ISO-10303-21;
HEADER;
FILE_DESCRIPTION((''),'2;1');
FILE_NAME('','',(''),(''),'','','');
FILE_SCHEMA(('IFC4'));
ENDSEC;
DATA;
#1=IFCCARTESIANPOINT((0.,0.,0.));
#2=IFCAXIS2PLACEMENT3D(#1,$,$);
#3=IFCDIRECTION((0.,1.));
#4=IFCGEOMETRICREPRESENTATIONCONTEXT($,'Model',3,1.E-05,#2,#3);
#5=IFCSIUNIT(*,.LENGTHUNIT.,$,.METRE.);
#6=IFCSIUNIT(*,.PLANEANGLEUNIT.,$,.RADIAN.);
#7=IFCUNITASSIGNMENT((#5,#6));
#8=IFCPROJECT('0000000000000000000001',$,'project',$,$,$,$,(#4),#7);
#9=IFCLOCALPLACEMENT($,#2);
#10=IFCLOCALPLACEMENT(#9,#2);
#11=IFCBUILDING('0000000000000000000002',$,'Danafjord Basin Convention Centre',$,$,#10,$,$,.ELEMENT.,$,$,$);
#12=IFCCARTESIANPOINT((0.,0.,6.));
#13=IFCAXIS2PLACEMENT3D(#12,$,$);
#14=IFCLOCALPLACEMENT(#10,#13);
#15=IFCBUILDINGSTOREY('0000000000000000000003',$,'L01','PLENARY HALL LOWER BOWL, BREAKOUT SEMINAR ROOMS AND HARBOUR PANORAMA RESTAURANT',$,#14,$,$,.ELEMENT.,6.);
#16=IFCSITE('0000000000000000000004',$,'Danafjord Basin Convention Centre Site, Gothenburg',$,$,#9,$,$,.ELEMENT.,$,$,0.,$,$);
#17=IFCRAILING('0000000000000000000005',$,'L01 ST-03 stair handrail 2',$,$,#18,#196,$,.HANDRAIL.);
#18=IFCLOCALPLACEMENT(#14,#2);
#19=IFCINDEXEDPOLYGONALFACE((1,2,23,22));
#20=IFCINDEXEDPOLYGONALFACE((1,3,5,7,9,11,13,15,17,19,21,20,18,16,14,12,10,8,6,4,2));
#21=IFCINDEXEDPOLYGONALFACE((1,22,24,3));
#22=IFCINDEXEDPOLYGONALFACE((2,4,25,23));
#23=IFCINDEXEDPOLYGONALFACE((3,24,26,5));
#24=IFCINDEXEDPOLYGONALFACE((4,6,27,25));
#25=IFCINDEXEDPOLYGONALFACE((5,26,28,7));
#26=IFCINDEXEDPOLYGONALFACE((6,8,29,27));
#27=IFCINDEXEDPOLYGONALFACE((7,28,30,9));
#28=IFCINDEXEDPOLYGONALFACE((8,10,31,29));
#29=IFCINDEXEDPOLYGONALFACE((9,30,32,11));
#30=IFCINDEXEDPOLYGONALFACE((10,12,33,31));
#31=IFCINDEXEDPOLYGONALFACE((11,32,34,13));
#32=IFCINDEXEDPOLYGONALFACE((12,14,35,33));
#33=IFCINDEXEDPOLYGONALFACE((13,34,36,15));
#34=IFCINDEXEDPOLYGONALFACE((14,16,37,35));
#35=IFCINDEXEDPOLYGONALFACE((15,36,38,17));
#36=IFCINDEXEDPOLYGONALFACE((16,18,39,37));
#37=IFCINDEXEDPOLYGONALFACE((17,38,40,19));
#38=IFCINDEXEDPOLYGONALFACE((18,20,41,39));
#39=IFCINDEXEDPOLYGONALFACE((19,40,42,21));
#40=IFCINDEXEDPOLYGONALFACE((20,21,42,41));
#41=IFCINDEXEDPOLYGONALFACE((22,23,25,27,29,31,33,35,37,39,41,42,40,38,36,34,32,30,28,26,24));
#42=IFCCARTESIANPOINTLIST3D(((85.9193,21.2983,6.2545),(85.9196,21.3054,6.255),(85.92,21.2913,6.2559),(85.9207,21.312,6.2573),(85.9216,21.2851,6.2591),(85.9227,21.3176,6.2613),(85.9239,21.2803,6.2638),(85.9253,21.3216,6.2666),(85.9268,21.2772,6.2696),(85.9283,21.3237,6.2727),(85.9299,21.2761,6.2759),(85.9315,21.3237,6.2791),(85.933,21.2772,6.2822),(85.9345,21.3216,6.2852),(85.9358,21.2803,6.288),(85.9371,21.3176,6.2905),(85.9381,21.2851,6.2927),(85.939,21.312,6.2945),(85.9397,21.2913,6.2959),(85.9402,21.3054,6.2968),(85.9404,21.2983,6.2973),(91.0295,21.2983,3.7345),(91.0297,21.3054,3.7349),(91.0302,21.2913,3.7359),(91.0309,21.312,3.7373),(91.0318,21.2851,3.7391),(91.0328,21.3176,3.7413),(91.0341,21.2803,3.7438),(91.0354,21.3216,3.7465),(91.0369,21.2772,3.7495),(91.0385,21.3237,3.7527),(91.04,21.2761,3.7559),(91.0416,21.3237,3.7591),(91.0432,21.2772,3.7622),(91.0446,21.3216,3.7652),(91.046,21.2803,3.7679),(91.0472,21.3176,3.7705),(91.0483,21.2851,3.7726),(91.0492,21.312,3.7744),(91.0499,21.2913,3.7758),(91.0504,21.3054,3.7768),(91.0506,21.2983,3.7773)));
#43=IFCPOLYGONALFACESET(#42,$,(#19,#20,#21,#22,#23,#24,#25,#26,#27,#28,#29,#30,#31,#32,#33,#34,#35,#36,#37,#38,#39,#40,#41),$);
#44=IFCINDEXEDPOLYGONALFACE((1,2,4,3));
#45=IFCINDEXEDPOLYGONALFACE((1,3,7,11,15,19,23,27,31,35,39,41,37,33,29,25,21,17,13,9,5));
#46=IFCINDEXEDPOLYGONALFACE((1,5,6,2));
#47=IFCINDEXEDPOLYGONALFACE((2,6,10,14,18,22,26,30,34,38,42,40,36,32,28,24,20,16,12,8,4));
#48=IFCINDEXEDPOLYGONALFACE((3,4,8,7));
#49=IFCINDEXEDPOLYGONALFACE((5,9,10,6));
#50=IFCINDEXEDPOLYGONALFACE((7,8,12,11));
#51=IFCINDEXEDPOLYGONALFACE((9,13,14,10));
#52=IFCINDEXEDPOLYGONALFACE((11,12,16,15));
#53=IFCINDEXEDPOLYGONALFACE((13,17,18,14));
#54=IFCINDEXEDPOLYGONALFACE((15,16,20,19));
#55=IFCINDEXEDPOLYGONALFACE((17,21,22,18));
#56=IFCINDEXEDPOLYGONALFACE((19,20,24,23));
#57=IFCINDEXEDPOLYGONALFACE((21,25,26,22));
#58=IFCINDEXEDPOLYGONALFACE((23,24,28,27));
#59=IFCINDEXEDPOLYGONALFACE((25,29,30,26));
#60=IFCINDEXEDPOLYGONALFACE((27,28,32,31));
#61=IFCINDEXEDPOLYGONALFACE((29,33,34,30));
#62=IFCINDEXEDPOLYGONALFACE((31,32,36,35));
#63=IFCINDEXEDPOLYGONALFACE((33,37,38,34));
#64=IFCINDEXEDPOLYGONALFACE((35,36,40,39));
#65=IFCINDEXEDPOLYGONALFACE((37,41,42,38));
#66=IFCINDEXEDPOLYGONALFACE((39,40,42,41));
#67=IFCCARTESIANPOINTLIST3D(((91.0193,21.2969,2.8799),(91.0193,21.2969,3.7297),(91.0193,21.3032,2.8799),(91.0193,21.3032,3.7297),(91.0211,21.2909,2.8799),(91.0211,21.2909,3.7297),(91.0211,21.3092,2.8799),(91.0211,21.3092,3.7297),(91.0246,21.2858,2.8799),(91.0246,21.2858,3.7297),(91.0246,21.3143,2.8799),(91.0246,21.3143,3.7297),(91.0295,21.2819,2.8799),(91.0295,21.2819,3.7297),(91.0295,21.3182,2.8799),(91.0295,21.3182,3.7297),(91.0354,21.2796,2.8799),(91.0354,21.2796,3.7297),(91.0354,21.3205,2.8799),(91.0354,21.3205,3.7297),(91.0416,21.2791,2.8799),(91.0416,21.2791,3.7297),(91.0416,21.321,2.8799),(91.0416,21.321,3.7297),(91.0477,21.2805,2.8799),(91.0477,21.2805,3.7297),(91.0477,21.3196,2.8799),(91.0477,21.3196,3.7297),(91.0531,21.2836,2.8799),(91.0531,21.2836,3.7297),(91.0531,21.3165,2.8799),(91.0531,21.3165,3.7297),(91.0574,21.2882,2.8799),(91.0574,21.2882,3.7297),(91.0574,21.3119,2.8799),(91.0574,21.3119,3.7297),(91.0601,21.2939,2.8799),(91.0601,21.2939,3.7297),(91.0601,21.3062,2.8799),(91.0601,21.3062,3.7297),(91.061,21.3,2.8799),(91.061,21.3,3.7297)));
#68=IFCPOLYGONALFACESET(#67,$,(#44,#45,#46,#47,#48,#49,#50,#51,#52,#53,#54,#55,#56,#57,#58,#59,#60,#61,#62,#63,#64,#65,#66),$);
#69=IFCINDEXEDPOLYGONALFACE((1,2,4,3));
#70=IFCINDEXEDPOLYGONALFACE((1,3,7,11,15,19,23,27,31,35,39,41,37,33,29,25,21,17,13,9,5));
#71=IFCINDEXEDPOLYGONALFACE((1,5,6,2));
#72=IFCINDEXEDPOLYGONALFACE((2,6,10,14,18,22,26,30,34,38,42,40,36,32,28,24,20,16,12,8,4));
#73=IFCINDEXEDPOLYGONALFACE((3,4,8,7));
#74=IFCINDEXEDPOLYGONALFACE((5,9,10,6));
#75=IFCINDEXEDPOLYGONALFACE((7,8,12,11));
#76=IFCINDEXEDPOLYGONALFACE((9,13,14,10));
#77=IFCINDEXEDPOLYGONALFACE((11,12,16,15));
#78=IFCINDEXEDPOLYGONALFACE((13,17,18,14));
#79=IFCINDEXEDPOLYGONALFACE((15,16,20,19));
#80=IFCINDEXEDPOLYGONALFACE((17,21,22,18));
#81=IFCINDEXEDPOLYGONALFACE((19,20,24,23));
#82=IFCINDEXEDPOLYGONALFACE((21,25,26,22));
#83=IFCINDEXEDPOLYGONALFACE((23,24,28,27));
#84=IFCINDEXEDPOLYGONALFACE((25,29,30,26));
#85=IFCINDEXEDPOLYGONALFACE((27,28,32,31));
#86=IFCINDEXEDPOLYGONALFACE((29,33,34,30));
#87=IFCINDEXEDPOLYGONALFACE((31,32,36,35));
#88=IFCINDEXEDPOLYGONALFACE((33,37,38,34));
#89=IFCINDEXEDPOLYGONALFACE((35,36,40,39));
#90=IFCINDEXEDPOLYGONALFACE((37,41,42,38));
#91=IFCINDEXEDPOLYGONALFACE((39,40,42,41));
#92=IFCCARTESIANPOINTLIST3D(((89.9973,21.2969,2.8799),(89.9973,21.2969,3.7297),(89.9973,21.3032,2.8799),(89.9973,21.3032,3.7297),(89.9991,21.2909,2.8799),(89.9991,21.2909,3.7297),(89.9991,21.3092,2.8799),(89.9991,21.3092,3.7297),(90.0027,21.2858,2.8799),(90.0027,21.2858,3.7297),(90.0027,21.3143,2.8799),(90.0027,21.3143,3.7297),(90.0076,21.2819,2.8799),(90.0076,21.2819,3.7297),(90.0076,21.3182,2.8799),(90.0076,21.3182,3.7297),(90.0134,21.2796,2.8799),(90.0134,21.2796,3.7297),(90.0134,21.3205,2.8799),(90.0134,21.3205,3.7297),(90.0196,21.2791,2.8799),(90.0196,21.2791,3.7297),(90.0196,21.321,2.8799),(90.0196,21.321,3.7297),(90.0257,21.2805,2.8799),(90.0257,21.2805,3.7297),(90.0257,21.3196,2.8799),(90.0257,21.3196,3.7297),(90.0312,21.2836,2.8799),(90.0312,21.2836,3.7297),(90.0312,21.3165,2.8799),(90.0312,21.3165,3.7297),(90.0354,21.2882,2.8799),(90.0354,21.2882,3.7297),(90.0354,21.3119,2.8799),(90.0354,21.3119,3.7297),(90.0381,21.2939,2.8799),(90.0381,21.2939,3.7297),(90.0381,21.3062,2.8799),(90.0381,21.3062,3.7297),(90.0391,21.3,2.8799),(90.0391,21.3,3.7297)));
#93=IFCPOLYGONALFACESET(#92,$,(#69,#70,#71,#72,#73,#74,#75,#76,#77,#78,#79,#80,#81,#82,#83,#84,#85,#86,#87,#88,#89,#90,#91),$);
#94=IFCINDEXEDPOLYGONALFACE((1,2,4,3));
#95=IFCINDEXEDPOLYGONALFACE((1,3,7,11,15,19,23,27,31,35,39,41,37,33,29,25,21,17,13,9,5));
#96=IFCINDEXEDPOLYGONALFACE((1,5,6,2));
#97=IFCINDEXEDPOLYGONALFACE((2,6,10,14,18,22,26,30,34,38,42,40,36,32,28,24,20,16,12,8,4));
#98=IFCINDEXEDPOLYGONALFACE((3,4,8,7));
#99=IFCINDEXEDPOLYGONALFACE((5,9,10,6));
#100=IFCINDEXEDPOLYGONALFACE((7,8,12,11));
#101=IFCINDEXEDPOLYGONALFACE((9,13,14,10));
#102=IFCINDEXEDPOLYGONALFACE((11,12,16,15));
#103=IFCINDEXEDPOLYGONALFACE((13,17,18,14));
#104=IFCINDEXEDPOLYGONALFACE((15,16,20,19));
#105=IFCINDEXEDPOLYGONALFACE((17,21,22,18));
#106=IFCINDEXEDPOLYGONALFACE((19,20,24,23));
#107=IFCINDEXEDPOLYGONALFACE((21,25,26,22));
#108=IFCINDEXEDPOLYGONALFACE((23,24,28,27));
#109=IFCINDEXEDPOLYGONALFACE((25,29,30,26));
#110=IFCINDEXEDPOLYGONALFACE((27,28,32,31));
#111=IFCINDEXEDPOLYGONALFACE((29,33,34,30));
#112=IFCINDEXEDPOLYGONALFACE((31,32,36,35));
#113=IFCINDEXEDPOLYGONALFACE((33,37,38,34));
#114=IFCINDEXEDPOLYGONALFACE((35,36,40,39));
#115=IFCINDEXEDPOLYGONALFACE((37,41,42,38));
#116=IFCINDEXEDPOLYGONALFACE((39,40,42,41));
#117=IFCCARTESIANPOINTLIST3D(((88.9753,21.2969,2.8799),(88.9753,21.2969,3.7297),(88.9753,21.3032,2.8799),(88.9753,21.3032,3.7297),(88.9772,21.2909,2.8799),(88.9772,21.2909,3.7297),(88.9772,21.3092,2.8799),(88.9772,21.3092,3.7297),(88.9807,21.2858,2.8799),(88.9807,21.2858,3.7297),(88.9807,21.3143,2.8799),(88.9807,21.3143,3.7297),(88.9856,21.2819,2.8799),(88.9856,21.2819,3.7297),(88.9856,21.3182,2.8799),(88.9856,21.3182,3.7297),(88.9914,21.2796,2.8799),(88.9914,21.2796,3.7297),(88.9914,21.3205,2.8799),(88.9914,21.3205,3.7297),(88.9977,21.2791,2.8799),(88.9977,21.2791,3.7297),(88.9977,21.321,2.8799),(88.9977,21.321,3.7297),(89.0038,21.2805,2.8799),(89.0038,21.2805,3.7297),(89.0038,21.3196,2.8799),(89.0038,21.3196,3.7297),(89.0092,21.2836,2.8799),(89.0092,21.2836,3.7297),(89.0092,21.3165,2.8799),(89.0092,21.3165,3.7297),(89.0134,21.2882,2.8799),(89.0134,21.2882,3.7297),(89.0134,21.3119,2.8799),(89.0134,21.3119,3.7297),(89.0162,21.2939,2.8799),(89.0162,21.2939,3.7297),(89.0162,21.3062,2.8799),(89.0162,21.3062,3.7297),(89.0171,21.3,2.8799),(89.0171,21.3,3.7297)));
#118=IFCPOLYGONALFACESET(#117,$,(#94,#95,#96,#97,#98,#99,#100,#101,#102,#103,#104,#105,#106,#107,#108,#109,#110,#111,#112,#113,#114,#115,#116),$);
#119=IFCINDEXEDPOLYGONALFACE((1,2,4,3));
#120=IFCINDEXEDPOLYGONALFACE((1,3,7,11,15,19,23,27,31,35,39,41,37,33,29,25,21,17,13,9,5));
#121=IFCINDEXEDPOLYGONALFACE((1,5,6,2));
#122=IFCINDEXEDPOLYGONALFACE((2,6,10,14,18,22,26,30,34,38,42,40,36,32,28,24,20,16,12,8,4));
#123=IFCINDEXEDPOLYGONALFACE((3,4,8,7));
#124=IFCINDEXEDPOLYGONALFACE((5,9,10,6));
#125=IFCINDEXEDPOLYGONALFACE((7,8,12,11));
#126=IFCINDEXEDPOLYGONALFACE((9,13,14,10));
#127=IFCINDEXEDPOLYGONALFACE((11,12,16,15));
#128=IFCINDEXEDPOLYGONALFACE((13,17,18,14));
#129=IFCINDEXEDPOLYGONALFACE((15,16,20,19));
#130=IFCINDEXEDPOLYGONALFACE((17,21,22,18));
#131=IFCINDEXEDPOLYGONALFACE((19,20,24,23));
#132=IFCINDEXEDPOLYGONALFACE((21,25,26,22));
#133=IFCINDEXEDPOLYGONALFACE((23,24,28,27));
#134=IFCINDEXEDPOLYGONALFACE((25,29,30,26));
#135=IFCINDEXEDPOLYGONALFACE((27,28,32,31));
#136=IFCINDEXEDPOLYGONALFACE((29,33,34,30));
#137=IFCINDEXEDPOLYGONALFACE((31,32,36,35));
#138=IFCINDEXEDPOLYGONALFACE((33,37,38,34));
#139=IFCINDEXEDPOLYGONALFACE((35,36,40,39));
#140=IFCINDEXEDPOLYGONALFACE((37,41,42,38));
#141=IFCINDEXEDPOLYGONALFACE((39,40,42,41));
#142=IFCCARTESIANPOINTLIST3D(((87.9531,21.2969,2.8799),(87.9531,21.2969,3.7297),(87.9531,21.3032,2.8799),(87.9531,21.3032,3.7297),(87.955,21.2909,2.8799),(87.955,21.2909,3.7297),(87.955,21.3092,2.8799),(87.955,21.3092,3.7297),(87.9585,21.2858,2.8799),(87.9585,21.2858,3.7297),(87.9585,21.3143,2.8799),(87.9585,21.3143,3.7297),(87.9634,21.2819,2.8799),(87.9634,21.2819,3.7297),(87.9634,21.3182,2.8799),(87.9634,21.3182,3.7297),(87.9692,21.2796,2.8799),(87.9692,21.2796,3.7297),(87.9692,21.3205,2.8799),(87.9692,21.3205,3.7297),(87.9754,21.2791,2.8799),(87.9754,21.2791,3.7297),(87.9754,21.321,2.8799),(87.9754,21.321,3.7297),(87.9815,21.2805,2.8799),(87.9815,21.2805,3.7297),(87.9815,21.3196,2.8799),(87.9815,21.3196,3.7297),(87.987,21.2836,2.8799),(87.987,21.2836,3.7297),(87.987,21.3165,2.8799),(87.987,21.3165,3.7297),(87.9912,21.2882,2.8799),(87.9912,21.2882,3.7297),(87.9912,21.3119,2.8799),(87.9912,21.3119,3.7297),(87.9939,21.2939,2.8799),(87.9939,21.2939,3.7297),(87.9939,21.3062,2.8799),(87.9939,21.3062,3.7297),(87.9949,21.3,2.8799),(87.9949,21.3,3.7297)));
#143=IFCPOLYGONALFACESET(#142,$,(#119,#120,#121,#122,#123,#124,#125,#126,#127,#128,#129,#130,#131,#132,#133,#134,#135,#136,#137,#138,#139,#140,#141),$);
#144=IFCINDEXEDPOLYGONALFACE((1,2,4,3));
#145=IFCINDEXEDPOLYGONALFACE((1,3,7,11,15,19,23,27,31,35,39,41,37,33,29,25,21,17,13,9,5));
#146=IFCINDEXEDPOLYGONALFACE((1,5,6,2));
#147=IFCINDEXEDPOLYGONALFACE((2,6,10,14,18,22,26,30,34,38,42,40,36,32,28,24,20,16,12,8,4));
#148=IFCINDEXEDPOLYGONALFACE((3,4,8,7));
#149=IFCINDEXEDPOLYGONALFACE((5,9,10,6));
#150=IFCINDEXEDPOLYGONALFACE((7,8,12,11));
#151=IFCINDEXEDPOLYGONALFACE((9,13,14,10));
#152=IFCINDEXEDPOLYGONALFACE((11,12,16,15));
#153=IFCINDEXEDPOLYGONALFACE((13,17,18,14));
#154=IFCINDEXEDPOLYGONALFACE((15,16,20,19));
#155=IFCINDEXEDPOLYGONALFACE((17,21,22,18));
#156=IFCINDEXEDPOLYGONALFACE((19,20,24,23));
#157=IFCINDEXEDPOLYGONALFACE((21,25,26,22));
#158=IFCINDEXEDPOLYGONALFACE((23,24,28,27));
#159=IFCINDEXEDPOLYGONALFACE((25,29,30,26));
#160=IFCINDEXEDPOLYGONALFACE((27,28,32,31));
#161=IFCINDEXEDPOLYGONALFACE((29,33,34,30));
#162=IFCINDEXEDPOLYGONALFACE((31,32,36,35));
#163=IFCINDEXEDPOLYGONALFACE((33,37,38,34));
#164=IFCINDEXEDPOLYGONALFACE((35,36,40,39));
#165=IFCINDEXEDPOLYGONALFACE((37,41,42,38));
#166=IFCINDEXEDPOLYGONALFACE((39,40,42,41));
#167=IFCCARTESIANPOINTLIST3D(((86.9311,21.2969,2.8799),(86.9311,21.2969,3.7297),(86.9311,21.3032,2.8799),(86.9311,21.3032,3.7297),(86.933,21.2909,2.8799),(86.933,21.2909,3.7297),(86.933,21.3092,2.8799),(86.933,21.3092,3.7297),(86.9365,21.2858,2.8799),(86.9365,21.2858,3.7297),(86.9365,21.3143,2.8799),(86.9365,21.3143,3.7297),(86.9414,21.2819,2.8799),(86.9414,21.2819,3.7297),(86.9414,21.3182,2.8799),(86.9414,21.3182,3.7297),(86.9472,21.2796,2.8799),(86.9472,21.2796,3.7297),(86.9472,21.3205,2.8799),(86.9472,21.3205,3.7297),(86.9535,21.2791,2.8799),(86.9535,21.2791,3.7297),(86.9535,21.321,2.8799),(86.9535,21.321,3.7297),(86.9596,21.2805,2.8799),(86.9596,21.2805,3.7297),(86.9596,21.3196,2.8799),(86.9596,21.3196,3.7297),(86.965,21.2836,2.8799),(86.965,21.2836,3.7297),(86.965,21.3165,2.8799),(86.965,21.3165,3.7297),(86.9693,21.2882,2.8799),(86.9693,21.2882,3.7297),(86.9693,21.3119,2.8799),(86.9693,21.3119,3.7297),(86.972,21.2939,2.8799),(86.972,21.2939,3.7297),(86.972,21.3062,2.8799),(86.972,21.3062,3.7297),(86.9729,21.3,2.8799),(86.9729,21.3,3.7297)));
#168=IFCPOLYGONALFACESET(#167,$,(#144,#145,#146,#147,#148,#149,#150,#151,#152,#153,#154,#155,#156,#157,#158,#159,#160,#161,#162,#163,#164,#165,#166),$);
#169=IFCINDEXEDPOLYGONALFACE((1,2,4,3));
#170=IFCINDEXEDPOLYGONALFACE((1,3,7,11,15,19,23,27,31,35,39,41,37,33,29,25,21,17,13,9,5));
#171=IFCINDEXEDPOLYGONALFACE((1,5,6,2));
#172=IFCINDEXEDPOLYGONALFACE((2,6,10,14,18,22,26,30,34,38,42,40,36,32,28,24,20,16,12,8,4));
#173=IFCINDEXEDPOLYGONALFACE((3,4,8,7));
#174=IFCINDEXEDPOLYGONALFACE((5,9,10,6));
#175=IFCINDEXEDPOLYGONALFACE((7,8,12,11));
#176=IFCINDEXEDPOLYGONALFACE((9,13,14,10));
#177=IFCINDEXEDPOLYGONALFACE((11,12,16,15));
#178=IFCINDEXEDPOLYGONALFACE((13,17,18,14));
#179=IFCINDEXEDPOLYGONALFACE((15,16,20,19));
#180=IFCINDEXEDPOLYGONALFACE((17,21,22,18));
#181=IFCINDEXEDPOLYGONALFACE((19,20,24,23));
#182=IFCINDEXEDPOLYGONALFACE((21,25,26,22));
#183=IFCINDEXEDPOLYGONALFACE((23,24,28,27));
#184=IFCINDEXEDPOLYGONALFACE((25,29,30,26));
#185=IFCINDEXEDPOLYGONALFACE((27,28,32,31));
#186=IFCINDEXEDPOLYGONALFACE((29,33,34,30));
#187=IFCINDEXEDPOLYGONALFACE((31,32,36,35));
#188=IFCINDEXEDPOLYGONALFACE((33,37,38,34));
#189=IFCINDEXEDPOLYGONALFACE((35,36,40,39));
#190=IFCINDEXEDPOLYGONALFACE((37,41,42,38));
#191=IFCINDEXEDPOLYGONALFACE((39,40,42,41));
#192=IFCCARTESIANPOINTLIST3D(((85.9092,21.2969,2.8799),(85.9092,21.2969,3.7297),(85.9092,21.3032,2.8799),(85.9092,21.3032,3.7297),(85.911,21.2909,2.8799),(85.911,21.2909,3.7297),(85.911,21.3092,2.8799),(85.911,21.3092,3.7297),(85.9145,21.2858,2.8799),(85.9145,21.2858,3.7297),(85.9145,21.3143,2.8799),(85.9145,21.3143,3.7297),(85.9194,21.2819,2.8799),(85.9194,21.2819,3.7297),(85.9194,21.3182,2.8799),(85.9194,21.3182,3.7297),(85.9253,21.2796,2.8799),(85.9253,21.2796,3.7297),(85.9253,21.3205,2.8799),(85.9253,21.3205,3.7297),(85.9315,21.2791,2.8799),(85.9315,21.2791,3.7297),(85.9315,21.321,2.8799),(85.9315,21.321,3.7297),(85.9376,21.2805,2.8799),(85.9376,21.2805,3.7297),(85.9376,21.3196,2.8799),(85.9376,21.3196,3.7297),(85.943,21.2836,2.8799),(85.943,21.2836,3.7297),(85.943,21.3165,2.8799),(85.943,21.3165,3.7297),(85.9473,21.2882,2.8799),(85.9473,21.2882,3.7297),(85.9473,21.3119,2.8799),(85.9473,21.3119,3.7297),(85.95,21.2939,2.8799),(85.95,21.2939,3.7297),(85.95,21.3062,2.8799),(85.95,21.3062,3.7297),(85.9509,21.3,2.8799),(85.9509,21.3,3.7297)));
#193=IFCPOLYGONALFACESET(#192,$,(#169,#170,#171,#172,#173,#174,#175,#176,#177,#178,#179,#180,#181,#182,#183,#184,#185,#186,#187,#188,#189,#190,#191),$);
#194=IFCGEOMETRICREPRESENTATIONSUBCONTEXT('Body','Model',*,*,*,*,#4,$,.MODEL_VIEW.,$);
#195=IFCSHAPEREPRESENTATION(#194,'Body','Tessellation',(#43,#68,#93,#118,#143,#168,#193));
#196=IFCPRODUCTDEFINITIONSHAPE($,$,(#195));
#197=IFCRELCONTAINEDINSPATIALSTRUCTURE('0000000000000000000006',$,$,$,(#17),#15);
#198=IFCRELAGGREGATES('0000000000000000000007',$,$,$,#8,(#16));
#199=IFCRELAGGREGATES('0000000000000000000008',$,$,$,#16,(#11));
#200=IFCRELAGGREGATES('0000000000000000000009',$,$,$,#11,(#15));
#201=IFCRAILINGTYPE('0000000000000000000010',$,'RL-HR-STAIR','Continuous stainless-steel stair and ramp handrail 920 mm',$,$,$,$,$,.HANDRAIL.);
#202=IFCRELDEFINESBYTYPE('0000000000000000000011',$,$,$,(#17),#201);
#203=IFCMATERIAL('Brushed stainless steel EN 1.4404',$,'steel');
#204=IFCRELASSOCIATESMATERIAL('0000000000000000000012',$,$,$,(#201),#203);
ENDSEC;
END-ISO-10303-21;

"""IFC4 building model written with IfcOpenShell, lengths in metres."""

from ifc_helpers import new_model, si_unit, direction, frame, origin, origin_2d, place, context, subcontext, project, spatial, circle, extrude, material, type_object, element, save


model = new_model("IFC4")

# Units and contexts
model_context = context("Model", 3, precision=1e-05, world=origin(), true_north=direction((0.0, 1.0)))
body_context = subcontext(model_context, "Body", "Model", "MODEL_VIEW")
ifc_project = project(units=[si_unit("LENGTHUNIT", "METRE"), si_unit("PLANEANGLEUNIT", "RADIAN")], contexts=[model_context])

# Site, building, storey
site_placement = place(None, origin())
site = spatial("IfcSite", under=ifc_project, at=site_placement, Name="Danafjord Basin Convention Centre Site, Gothenburg", CompositionType="ELEMENT", RefElevation=0.0)
building_placement = place(site_placement, origin())
building = spatial("IfcBuilding", under=site, at=building_placement, Name="Danafjord Basin Convention Centre", CompositionType="ELEMENT")
storey_placement = place(building_placement, frame((0.0, 0.0, 6.0)))
storey = spatial("IfcBuildingStorey", under=building, at=storey_placement, Name="L01", Description="PLENARY HALL LOWER BOWL, BREAKOUT SEMINAR ROOMS AND HARBOUR PANORAMA RESTAURANT", CompositionType="ELEMENT", Elevation=6.0)

# Railing
ifc_material_1 = material(Name="Brushed stainless steel EN 1.4404", Category="steel")
railing_type_1 = type_object("IfcRailingType", Name="RL-HR-STAIR", Description="Continuous stainless-steel stair and ramp handrail 920 mm", PredefinedType="HANDRAIL", material=ifc_material_1)
railing_1_placement = place(storey_placement, frame((91.04, 21.3, 2.8799)))
element("IfcRailing", 1, at=railing_1_placement, inside=storey, type_object=railing_type_1, Name="L01 ST-03 stair handrail 2", PredefinedType="HANDRAIL", context=body_context, shape_type="SweptSolid", body=[
    extrude(circle(Radius=0.0239, at=origin_2d()), frame((0.0, 0.0, 0.876), z_axis=(-0.896873, 0.0, 0.442288), x_axis=(0.0, -1.0, 0.0)), (0.0, 0.0, 1.0), 5.6978),
    extrude(circle(Radius=0.021, at=origin_2d()), origin(), (0.0, 0.0, 1.0), 0.8499),
    extrude(circle(Radius=0.021, at=origin_2d()), frame((-1.022, 0.0, 0.0)), (0.0, 0.0, 1.0), 0.8499),
    extrude(circle(Radius=0.021, at=origin_2d()), frame((-2.0439, 0.0, 0.0)), (0.0, 0.0, 1.0), 0.8499),
    extrude(circle(Radius=0.021, at=origin_2d()), frame((-3.0662, 0.0, 0.0)), (0.0, 0.0, 1.0), 0.8499),
    extrude(circle(Radius=0.021, at=origin_2d()), frame((-4.0881, 0.0, 0.0)), (0.0, 0.0, 1.0), 0.8499),
    extrude(circle(Radius=0.021, at=origin_2d()), frame((-5.1101, 0.0, 0.0)), (0.0, 0.0, 1.0), 0.8499),
])

save(model, "model.ifc")
